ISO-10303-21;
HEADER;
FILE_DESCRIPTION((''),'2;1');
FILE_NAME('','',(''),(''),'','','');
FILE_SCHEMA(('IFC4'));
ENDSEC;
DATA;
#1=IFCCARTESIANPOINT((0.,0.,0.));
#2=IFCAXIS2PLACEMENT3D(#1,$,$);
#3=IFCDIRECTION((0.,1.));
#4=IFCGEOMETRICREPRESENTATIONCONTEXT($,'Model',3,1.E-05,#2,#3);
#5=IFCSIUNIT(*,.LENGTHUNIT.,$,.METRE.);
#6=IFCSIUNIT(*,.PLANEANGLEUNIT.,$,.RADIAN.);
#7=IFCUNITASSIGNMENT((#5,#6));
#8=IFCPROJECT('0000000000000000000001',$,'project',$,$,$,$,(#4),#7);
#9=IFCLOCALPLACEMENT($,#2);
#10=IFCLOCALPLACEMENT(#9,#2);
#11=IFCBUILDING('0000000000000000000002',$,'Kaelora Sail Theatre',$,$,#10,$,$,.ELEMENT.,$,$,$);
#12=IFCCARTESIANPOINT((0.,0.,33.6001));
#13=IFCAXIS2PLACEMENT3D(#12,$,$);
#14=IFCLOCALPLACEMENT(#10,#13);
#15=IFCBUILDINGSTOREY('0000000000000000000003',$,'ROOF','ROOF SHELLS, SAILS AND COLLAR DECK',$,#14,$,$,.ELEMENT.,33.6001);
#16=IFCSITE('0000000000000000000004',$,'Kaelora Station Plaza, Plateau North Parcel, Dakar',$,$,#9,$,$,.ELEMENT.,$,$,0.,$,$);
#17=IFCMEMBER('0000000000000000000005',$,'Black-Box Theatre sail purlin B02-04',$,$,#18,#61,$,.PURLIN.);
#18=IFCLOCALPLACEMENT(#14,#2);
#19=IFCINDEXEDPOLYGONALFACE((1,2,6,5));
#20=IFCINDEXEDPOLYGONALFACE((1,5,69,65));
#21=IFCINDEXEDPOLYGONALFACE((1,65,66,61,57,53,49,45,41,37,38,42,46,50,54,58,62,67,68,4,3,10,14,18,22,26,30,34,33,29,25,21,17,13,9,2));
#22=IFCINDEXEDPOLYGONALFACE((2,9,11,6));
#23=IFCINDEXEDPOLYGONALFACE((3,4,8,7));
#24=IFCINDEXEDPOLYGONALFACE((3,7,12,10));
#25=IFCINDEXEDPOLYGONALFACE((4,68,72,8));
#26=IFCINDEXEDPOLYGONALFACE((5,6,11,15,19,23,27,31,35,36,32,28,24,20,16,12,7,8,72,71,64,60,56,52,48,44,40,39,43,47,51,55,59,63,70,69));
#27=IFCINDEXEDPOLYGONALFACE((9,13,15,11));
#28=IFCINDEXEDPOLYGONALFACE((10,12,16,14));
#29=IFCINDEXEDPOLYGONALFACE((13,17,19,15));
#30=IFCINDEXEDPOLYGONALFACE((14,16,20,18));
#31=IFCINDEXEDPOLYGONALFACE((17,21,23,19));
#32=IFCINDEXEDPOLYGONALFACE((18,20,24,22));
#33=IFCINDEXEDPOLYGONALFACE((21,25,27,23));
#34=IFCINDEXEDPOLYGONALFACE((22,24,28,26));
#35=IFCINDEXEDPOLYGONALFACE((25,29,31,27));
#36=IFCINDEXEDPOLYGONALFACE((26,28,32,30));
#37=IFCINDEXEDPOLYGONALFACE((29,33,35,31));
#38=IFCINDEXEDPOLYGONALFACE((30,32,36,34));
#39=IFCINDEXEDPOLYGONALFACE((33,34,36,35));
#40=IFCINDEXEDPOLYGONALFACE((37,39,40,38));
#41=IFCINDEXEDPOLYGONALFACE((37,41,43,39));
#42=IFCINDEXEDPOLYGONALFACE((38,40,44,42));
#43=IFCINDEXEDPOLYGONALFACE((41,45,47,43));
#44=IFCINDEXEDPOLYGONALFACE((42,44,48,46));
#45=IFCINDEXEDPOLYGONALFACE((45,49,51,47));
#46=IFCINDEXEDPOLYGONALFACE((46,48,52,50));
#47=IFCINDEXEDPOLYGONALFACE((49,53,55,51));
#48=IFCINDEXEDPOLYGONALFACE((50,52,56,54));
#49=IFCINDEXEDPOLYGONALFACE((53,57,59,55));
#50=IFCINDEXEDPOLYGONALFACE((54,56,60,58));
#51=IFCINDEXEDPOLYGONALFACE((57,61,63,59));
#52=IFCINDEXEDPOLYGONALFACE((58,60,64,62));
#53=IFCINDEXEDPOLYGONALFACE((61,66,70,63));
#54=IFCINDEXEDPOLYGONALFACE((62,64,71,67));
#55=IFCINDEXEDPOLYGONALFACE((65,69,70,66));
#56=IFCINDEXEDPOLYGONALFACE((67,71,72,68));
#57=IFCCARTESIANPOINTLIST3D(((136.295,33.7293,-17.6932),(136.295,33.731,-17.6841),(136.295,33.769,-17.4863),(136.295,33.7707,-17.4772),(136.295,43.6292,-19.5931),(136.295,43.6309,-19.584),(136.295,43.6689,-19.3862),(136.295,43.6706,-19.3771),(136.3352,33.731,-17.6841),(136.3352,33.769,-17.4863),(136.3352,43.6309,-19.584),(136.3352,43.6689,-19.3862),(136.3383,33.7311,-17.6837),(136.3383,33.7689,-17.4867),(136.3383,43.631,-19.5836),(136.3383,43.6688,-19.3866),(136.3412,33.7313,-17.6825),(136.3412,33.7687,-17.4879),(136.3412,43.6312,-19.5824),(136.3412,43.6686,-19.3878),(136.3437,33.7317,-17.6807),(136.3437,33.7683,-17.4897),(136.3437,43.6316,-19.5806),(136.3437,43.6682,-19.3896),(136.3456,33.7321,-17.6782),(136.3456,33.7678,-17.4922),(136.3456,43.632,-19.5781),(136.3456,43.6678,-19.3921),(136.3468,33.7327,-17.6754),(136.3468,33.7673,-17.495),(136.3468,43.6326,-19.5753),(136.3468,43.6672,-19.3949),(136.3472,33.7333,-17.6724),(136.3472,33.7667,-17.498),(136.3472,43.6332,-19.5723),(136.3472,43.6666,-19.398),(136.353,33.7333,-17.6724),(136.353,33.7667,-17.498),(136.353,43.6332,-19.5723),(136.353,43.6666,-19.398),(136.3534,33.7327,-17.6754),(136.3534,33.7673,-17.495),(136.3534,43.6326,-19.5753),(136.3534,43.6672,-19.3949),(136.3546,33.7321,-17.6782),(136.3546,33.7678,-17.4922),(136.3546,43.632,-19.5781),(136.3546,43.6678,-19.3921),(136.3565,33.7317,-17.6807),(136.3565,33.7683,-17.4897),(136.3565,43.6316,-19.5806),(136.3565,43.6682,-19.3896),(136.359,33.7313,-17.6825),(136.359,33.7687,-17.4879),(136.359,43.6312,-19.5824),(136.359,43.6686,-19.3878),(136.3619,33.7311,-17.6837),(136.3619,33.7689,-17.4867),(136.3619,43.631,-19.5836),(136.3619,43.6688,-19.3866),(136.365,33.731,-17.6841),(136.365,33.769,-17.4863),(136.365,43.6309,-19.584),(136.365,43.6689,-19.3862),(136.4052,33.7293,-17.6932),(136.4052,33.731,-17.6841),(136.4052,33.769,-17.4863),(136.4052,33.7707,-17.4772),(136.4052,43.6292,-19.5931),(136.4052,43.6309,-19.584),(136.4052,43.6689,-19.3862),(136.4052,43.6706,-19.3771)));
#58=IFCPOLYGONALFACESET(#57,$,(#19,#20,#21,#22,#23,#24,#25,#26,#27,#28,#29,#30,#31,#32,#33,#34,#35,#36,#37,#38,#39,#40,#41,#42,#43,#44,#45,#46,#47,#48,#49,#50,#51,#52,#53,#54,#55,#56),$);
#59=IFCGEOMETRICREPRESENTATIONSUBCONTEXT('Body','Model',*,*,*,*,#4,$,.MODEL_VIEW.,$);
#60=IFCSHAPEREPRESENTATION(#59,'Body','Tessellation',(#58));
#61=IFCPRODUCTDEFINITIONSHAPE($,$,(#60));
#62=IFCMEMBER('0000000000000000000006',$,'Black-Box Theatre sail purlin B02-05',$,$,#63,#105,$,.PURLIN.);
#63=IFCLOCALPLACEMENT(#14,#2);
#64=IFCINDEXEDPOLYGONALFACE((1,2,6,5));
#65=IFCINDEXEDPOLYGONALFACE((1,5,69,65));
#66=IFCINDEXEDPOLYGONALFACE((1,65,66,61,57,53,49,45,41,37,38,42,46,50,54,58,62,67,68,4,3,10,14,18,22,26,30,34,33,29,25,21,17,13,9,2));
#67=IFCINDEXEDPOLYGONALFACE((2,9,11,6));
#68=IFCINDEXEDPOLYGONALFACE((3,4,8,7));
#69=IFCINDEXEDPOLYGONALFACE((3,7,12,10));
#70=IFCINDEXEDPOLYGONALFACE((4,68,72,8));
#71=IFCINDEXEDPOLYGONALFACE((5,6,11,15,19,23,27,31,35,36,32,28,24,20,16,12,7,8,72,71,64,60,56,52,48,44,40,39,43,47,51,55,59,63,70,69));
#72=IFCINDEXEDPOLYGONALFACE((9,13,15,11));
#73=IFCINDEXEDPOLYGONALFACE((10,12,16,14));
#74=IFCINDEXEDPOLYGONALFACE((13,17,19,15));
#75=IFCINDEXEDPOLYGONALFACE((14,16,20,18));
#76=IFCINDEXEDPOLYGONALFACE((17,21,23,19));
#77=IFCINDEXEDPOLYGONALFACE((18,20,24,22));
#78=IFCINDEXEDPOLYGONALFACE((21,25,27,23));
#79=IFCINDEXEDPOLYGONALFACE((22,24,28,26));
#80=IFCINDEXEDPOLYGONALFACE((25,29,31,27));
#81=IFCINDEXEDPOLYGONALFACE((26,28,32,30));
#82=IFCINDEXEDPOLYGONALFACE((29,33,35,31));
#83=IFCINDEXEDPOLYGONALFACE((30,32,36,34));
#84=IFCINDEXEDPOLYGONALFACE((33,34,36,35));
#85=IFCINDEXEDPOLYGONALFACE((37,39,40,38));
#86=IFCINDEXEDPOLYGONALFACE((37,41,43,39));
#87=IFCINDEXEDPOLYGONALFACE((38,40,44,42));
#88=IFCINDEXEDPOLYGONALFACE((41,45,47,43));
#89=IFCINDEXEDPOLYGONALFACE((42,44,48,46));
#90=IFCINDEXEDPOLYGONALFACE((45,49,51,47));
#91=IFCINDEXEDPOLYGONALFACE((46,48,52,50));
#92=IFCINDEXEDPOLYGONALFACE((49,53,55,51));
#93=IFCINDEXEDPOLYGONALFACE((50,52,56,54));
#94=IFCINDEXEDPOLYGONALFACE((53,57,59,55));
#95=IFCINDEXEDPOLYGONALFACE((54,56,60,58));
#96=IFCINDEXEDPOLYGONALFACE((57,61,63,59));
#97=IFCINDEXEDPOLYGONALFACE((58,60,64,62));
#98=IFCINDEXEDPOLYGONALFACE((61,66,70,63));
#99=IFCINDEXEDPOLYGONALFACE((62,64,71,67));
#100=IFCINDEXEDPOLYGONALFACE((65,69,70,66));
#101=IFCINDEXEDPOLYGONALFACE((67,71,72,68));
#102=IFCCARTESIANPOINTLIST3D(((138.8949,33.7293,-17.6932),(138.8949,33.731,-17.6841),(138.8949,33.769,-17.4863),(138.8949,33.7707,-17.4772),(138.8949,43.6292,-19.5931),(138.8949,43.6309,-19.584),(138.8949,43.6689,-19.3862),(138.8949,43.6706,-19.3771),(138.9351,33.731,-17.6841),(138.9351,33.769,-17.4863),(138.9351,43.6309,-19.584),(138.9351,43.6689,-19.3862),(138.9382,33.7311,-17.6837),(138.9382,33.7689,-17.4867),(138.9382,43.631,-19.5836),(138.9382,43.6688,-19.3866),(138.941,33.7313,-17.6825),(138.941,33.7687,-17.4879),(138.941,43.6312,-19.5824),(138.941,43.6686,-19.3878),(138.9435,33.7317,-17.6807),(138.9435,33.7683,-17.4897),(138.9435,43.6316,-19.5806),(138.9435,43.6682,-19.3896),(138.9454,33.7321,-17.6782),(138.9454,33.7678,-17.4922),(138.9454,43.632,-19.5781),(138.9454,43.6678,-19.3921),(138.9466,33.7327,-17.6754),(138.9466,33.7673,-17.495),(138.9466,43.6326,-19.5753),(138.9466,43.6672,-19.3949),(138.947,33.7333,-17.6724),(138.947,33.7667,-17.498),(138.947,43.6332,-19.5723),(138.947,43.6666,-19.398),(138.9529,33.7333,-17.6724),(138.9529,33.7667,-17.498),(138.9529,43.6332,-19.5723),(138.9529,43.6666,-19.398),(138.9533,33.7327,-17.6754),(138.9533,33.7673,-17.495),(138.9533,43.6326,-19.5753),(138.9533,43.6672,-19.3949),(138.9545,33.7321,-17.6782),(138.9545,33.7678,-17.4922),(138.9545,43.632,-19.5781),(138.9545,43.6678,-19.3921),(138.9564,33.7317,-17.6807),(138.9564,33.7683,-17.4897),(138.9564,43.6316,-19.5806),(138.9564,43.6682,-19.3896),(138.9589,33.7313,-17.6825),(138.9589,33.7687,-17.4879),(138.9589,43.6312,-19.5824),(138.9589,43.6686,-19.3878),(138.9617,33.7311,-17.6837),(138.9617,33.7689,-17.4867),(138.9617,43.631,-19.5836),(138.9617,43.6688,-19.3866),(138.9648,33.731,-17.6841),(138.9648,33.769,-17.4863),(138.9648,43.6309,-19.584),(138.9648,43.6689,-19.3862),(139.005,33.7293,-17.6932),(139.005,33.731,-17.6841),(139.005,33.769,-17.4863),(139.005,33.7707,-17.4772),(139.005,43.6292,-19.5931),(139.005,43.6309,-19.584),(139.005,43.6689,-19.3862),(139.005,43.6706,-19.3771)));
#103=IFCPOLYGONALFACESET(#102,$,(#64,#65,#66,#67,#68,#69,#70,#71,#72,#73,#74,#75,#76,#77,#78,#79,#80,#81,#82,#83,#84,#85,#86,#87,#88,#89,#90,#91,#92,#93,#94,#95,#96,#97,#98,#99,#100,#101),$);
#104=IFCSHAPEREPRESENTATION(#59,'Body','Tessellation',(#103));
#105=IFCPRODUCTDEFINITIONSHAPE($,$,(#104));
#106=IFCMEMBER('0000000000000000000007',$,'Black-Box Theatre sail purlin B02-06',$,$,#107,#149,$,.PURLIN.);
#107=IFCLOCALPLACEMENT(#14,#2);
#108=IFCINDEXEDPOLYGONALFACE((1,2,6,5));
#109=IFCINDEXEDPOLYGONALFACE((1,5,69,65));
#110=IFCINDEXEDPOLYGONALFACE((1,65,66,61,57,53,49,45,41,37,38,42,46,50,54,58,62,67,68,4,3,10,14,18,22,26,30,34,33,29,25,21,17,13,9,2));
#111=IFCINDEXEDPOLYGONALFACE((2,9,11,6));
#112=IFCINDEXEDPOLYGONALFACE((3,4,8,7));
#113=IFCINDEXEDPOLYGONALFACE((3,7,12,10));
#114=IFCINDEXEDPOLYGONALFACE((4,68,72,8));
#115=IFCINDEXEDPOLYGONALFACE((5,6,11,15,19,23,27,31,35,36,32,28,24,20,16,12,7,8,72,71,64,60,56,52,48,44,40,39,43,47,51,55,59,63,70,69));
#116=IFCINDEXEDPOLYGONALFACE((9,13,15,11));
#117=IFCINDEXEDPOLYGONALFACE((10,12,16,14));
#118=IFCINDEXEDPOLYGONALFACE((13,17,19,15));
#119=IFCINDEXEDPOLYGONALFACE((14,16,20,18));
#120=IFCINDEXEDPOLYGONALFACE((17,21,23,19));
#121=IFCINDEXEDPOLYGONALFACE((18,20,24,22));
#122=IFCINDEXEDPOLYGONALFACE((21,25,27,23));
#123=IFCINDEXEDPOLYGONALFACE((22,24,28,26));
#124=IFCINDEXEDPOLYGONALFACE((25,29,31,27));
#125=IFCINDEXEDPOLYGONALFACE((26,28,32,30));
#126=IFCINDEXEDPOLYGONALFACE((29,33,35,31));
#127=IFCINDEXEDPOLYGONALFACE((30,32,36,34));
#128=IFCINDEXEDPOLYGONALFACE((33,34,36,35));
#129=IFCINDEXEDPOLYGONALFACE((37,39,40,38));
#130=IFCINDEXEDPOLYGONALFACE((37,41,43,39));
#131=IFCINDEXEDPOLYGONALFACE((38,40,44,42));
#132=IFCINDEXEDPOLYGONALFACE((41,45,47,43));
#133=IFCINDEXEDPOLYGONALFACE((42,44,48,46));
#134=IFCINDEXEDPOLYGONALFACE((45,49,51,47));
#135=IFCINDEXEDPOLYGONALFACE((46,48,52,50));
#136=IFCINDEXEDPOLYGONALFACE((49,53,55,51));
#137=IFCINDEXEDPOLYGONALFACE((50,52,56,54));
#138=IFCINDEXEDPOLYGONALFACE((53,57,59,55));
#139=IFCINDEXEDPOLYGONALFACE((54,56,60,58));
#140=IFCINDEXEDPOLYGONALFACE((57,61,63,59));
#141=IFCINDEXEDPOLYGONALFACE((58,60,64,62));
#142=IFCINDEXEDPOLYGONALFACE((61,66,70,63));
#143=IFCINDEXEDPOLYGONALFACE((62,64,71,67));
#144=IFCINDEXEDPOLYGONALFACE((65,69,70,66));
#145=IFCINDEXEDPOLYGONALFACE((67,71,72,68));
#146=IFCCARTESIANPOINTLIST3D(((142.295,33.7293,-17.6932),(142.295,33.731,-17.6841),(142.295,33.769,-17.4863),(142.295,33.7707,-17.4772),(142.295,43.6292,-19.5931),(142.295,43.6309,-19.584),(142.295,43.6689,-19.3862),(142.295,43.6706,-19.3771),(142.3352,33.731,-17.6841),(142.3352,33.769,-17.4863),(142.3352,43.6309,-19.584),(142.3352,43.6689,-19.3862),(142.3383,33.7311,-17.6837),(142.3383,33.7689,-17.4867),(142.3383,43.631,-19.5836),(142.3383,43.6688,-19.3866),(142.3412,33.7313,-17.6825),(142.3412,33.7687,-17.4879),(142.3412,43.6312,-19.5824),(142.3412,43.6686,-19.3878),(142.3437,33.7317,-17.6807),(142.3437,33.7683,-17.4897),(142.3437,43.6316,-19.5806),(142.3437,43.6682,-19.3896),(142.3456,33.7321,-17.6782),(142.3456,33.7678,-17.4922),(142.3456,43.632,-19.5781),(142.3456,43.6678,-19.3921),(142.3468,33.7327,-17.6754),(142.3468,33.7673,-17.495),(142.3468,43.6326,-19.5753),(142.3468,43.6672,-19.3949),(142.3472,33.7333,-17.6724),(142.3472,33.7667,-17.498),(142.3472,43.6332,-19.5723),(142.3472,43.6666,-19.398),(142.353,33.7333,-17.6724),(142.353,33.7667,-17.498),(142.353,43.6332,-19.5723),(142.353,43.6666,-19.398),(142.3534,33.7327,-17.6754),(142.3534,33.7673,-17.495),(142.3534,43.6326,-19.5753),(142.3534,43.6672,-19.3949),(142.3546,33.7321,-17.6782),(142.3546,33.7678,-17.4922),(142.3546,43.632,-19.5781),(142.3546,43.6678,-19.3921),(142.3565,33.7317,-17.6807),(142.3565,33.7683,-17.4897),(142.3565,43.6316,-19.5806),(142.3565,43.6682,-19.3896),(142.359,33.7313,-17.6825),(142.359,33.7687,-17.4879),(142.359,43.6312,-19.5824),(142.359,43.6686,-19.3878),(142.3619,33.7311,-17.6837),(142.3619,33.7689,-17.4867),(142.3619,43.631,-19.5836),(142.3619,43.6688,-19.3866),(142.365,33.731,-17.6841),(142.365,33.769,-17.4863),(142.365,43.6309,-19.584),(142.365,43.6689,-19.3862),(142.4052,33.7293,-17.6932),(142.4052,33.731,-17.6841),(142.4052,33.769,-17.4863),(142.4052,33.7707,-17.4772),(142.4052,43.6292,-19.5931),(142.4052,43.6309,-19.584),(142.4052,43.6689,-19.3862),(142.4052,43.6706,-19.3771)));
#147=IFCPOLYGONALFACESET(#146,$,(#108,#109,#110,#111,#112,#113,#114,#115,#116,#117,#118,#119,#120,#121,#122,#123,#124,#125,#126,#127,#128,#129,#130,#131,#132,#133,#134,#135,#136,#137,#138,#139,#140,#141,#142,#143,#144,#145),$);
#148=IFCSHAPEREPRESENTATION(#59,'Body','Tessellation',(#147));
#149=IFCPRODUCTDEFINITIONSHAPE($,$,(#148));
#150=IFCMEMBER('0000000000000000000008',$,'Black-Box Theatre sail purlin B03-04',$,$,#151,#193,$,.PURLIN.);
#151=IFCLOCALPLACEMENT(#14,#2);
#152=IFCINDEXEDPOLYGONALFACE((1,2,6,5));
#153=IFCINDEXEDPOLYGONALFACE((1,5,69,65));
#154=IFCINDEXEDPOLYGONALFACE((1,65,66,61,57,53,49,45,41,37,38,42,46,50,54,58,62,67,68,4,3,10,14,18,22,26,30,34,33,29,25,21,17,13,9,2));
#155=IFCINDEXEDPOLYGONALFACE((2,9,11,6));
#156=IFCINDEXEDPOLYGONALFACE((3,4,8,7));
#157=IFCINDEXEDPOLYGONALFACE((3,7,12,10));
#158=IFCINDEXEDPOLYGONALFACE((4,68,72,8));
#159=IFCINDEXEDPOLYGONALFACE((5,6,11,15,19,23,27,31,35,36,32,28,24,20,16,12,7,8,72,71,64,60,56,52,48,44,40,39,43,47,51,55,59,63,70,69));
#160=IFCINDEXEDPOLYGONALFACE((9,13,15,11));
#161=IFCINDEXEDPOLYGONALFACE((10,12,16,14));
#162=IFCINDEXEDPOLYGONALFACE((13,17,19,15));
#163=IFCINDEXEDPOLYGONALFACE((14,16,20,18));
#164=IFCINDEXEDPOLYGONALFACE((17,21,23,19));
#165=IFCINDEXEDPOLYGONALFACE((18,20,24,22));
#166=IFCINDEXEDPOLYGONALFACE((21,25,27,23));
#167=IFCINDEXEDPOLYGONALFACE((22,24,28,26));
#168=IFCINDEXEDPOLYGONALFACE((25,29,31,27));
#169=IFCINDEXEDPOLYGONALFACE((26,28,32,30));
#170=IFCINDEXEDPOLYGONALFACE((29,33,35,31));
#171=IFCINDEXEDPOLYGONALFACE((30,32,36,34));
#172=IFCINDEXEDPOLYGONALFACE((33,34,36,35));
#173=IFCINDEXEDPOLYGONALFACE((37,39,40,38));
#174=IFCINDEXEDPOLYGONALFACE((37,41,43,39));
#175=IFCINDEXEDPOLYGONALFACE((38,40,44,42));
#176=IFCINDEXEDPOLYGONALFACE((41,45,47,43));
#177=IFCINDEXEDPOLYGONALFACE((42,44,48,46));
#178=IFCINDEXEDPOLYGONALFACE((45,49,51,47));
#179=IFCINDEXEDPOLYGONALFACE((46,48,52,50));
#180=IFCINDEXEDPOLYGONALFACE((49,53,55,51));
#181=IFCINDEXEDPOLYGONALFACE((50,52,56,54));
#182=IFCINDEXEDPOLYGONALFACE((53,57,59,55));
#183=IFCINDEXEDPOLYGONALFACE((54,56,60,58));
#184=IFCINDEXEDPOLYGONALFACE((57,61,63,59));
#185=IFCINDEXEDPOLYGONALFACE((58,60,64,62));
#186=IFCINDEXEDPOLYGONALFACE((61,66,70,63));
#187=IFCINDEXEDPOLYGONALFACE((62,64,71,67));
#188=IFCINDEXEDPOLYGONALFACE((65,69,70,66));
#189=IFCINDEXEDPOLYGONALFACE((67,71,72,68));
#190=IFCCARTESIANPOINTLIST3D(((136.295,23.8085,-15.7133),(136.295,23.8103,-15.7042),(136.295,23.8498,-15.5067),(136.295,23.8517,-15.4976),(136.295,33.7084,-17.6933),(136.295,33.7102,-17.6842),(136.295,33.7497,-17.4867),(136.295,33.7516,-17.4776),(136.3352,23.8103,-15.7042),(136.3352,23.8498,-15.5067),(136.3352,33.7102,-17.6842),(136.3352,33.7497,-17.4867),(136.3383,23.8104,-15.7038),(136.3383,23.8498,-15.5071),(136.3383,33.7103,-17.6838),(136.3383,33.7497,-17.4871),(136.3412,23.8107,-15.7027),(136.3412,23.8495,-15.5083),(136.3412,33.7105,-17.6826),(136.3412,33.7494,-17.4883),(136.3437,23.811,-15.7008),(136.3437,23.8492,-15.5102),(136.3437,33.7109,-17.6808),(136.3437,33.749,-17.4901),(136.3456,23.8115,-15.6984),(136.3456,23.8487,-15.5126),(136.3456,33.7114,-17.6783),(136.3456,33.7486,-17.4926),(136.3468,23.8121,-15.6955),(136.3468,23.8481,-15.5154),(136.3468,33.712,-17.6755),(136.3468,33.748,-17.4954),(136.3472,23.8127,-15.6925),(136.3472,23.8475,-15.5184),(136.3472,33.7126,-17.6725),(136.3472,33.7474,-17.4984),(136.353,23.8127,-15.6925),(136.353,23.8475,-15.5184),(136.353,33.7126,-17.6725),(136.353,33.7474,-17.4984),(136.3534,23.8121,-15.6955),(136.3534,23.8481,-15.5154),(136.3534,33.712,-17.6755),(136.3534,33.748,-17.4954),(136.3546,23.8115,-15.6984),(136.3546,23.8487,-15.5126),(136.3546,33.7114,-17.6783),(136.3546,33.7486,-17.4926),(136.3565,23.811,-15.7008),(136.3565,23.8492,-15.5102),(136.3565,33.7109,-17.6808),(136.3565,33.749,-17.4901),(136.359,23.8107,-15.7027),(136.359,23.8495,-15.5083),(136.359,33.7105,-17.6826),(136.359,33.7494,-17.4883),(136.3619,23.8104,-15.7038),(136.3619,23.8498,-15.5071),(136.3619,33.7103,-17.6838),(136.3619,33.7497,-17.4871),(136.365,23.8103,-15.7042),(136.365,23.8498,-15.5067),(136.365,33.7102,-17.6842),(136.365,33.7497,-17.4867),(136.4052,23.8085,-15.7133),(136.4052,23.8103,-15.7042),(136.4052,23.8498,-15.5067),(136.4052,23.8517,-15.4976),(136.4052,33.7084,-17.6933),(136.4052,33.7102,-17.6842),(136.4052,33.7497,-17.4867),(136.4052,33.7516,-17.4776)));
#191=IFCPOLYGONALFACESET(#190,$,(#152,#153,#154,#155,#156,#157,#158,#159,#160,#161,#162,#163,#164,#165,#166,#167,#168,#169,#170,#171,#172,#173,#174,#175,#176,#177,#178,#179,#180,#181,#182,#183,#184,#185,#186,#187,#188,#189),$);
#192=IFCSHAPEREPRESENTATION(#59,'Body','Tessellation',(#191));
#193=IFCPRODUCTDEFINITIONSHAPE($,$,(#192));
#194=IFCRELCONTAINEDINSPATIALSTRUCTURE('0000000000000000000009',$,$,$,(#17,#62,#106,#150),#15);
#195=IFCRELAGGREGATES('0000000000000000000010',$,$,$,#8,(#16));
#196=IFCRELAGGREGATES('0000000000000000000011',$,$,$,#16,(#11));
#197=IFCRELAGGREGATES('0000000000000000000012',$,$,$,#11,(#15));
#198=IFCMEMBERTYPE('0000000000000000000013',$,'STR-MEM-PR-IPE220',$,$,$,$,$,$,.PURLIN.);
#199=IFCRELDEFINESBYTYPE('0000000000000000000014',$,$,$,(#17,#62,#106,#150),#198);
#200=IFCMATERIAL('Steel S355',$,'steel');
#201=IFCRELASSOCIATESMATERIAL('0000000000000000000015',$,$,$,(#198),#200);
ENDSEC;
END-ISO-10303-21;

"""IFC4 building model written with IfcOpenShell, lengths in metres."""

from ifc_helpers import new_model, si_unit, direction, frame, origin, origin_2d, place, context, subcontext, project, spatial, i_section, extrude, material, material_profile, profile_set, type_object, element, save


model = new_model("IFC4")

# Units and contexts
model_context = context("Model", 3, precision=1e-05, world=origin(), true_north=direction((0.0, 1.0)))
body_context = subcontext(model_context, "Body", "Model", "MODEL_VIEW")
ifc_project = project(units=[si_unit("LENGTHUNIT", "METRE"), si_unit("PLANEANGLEUNIT", "RADIAN")], contexts=[model_context])

# Site, building, storey
site_placement = place(None, origin())
site = spatial("IfcSite", under=ifc_project, at=site_placement, Name="Kaelora Station Plaza, Plateau North Parcel, Dakar", CompositionType="ELEMENT", RefElevation=0.0)
building_placement = place(site_placement, origin())
building = spatial("IfcBuilding", under=site, at=building_placement, Name="Kaelora Sail Theatre", CompositionType="ELEMENT")
storey_placement = place(building_placement, frame((0.0, 0.0, 33.6001)))
storey = spatial("IfcBuildingStorey", under=building, at=storey_placement, Name="ROOF", Description="ROOF SHELLS, SAILS AND COLLAR DECK", CompositionType="ELEMENT", Elevation=33.6001)

# Members
ifc_material_1 = material(Name="Steel S355", Category="steel")
ifc_material_profile_1 = material_profile(ifc_material_1, i_section(OverallWidth=0.1101, OverallDepth=0.22, WebThickness=0.0059, FlangeThickness=0.0093, FilletRadius=0.012, at=origin_2d()), Name="IPE 220")
ifc_profile_set_1 = profile_set([ifc_material_profile_1], Name="Steel S355")
member_type_1 = type_object("IfcMemberType", Name="STR-MEM-PR-IPE220", PredefinedType="PURLIN", material=ifc_profile_set_1)
for number, where, z_axis, x_axis, name in (
    (1, (136.3501, 43.6499, -19.4851), (0.0, -0.982079, 0.188472), (1.0, 0.0, 0.0), "Black-Box Theatre sail purlin B02-04"),
    (2, (138.95, 43.6499, -19.4851), (0.0, -0.982079, 0.188472), (1.0, 0.0, 0.0), "Black-Box Theatre sail purlin B02-05"),
    (3, (142.3501, 43.6499, -19.4851), (0.0, -0.982079, 0.188472), (1.0, 0.0, 0.0), "Black-Box Theatre sail purlin B02-06"),
):
    element("IfcMember", number, at=place(storey_placement, frame(where, z_axis=z_axis, x_axis=x_axis)), inside=storey, type_object=member_type_1, Name=name, PredefinedType="PURLIN", context=body_context, shape_type="SweptSolid", body=[
        extrude(i_section(OverallWidth=0.1101, OverallDepth=0.22, WebThickness=0.0059, FlangeThickness=0.0093, FilletRadius=0.012, at=origin_2d()), origin(), (0.0, 0.0, 1.0), 10.0806),
    ])
for number, where, z_axis, x_axis, name in (
    (4, (136.3501, 33.73, -17.5854), (0.0, -0.980581, 0.196116), (1.0, 0.0, 0.0), "Black-Box Theatre sail purlin B03-04"),
):
    element("IfcMember", number, at=place(storey_placement, frame(where, z_axis=z_axis, x_axis=x_axis)), inside=storey, type_object=member_type_1, Name=name, PredefinedType="PURLIN", context=body_context, shape_type="SweptSolid", body=[
        extrude(i_section(OverallWidth=0.1101, OverallDepth=0.22, WebThickness=0.0059, FlangeThickness=0.0093, FilletRadius=0.012, at=origin_2d()), origin(), (0.0, 0.0, 1.0), 10.0959),
    ])

save(model, "model.ifc")
